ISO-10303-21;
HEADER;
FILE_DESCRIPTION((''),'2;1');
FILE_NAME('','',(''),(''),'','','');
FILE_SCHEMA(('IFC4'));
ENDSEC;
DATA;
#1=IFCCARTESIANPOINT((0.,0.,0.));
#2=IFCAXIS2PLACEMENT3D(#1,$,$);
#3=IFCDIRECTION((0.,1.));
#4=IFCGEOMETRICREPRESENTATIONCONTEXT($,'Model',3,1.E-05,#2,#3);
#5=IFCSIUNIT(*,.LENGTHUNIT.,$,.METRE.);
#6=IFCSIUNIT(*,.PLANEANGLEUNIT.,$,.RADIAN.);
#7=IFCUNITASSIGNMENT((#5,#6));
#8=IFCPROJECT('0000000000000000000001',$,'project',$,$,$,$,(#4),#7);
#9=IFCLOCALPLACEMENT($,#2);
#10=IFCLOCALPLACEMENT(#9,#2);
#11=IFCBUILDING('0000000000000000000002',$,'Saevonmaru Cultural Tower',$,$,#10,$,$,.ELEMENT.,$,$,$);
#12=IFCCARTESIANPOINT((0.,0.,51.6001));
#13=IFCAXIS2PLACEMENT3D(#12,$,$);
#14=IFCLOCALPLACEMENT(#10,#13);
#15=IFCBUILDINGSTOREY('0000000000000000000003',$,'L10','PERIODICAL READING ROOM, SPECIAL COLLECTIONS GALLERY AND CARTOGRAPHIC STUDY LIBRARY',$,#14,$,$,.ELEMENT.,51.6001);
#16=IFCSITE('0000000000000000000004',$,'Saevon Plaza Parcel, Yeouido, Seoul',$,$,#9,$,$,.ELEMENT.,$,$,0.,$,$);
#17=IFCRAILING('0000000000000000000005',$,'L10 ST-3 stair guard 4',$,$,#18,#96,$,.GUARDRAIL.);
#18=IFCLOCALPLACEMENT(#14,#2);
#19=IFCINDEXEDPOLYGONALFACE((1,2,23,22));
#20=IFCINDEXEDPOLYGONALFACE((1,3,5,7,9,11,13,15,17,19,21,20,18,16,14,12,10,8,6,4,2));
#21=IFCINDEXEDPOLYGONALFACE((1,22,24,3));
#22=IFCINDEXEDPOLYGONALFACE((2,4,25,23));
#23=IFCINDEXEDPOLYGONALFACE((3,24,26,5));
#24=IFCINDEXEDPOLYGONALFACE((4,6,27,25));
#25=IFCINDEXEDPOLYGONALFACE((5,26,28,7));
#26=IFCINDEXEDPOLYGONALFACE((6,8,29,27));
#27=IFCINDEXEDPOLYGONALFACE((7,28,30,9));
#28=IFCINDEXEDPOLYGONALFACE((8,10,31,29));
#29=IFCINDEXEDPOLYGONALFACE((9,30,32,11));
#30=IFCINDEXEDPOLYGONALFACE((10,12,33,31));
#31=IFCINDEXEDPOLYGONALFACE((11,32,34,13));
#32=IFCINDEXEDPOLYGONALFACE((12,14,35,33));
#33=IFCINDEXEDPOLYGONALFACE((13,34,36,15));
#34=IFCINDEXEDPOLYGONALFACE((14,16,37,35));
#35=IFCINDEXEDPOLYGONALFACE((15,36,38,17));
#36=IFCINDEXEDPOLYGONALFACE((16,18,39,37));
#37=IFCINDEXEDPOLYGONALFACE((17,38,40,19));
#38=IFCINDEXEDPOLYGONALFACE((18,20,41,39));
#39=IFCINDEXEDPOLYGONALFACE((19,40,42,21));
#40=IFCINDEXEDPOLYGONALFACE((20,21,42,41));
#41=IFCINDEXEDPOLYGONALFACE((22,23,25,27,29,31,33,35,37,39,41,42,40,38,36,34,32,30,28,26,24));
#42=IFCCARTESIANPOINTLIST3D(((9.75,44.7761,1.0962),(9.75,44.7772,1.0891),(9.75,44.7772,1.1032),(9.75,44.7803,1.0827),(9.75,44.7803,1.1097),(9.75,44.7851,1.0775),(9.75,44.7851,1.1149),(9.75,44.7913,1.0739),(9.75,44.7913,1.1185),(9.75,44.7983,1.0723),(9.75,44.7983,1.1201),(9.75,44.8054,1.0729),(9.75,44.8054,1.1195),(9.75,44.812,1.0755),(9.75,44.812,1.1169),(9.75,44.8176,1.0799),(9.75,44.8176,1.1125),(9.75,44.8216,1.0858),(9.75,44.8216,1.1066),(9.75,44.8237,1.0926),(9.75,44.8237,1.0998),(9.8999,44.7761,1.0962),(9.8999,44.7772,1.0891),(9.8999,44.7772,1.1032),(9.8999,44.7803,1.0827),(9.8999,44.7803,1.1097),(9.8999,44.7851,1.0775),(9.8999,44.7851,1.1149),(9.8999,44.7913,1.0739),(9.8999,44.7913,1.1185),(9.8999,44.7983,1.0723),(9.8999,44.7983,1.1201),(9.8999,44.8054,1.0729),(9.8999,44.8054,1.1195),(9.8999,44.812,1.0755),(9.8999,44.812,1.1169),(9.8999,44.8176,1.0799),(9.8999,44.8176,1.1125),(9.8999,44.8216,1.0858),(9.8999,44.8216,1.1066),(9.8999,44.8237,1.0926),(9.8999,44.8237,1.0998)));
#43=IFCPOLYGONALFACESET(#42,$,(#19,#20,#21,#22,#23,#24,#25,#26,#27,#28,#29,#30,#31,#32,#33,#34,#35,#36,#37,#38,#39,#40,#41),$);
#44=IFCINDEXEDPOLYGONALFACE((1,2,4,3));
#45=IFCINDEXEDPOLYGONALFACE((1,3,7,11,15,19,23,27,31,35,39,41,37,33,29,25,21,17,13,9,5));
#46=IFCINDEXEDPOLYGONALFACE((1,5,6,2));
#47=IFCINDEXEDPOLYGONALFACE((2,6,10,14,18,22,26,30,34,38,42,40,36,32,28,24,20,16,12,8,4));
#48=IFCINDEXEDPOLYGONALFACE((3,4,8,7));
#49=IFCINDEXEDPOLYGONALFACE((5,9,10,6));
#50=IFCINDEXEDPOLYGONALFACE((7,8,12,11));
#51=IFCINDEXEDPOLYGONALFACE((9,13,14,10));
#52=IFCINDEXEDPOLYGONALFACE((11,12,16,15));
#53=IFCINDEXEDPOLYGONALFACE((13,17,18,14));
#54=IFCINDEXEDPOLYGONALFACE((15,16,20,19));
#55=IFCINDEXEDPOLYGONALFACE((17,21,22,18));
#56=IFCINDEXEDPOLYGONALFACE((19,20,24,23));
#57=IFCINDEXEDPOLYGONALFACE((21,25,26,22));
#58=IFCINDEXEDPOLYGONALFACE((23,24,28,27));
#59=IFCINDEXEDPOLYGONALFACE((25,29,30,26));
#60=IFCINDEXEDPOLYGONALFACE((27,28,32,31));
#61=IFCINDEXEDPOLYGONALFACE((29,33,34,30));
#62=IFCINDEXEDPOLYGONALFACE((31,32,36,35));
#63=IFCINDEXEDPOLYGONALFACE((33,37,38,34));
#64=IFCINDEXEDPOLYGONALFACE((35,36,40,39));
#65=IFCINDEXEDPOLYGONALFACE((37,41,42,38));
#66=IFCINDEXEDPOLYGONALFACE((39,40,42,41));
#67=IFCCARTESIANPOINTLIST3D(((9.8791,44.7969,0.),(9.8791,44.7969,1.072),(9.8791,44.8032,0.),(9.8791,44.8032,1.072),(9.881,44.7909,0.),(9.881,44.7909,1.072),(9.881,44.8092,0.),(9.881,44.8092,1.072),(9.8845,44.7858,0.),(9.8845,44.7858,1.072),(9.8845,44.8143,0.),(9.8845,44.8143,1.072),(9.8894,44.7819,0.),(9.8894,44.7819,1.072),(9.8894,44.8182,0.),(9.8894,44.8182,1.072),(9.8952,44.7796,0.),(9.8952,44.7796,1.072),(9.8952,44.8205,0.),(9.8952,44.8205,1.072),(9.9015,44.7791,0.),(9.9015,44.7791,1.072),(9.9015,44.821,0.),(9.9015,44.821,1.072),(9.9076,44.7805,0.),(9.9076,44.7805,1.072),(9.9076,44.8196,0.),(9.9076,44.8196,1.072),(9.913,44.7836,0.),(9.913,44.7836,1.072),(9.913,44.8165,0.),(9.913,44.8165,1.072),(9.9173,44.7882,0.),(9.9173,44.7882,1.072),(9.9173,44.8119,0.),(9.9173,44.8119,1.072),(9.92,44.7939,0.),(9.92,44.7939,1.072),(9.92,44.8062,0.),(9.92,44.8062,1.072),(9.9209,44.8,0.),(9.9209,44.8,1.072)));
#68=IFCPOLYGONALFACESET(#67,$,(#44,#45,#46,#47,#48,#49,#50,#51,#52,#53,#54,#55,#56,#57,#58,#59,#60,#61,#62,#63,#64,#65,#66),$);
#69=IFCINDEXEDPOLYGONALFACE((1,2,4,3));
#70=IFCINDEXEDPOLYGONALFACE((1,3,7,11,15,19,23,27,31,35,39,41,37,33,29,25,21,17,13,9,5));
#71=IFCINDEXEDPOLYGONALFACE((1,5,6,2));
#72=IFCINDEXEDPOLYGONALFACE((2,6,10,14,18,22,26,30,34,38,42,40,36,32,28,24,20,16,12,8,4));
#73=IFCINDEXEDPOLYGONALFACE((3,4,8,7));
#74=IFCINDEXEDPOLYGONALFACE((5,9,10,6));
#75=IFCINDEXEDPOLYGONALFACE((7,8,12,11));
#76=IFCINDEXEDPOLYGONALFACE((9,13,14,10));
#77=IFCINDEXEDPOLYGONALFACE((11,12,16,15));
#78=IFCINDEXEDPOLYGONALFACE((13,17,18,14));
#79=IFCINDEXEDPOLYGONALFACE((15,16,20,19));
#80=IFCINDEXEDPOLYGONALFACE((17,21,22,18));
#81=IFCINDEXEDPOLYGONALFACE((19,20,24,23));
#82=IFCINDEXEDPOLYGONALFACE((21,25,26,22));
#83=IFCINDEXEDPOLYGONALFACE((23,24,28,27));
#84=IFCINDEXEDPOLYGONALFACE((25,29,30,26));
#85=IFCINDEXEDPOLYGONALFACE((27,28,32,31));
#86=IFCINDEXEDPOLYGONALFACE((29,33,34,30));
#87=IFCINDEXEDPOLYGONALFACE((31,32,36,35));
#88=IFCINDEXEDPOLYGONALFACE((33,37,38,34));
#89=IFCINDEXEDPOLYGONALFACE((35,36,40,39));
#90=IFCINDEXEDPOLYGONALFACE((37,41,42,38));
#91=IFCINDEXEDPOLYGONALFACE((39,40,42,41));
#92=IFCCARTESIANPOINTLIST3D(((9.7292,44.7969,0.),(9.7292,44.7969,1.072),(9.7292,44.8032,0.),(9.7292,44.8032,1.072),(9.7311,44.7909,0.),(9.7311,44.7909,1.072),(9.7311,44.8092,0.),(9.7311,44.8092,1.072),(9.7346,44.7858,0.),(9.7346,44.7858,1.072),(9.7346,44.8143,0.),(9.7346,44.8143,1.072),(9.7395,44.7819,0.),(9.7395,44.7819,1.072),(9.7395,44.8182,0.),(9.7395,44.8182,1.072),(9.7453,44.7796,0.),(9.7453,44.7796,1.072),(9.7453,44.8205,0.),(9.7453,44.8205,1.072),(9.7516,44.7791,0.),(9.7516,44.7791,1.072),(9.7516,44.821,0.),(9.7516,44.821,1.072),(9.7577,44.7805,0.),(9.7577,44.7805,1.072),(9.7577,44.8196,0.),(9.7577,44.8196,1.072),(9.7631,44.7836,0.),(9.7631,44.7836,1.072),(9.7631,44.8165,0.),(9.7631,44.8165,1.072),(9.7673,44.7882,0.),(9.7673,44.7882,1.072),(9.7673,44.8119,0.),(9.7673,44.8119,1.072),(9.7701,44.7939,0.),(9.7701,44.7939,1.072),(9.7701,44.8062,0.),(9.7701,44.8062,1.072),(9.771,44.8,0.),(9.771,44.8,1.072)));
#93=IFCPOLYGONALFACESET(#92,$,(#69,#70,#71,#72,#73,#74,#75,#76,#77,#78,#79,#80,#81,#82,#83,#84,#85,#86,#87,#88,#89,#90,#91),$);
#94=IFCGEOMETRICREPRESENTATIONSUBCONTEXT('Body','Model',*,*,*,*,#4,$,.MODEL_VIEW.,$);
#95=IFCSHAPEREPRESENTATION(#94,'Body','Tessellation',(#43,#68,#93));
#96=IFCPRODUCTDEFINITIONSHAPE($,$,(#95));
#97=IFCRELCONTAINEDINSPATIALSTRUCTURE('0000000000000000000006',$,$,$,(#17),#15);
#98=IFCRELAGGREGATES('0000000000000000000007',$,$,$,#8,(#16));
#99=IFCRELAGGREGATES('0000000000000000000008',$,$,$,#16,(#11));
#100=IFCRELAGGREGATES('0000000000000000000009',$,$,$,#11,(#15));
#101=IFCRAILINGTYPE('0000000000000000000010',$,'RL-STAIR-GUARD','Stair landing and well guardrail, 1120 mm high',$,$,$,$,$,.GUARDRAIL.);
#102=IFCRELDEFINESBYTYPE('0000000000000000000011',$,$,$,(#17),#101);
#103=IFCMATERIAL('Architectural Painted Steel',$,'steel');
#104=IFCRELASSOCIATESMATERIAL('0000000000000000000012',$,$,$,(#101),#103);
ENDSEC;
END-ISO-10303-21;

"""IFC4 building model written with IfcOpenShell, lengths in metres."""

from ifc_helpers import new_model, si_unit, direction, frame, origin, origin_2d, place, context, subcontext, project, spatial, circle, extrude, material, type_object, element, save


model = new_model("IFC4")

# Units and contexts
model_context = context("Model", 3, precision=1e-05, world=origin(), true_north=direction((0.0, 1.0)))
body_context = subcontext(model_context, "Body", "Model", "MODEL_VIEW")
ifc_project = project(units=[si_unit("LENGTHUNIT", "METRE"), si_unit("PLANEANGLEUNIT", "RADIAN")], contexts=[model_context])

# Site, building, storey
site_placement = place(None, origin())
site = spatial("IfcSite", under=ifc_project, at=site_placement, Name="Saevon Plaza Parcel, Yeouido, Seoul", CompositionType="ELEMENT", RefElevation=0.0)
building_placement = place(site_placement, origin())
building = spatial("IfcBuilding", under=site, at=building_placement, Name="Saevonmaru Cultural Tower", CompositionType="ELEMENT")
storey_placement = place(building_placement, frame((0.0, 0.0, 51.6001)))
storey = spatial("IfcBuildingStorey", under=building, at=storey_placement, Name="L10", Description="PERIODICAL READING ROOM, SPECIAL COLLECTIONS GALLERY AND CARTOGRAPHIC STUDY LIBRARY", CompositionType="ELEMENT", Elevation=51.6001)

# Railing
ifc_material_1 = material(Name="Architectural Painted Steel", Category="steel")
railing_type_1 = type_object("IfcRailingType", Name="RL-STAIR-GUARD", Description="Stair landing and well guardrail, 1120 mm high", PredefinedType="GUARDRAIL", material=ifc_material_1)
railing_1_placement = place(storey_placement, frame((9.8999, 44.8, 0.0)))
element("IfcRailing", 1, at=railing_1_placement, inside=storey, type_object=railing_type_1, Name="L10 ST-3 stair guard 4", PredefinedType="GUARDRAIL", context=body_context, shape_type="SweptSolid", body=[
    extrude(circle(Radius=0.0239, at=origin_2d()), frame((0.0, 0.0, 1.0962), z_axis=(-1.0, 0.0, 0.0), x_axis=(0.0, -1.0, 0.0)), (0.0, 0.0, 1.0), 0.1499),
    extrude(circle(Radius=0.021, at=origin_2d()), origin(), (0.0, 0.0, 1.0), 1.072),
    extrude(circle(Radius=0.021, at=origin_2d()), frame((-0.1499, 0.0, 0.0)), (0.0, 0.0, 1.0), 1.072),
])

save(model, "model.ifc")
